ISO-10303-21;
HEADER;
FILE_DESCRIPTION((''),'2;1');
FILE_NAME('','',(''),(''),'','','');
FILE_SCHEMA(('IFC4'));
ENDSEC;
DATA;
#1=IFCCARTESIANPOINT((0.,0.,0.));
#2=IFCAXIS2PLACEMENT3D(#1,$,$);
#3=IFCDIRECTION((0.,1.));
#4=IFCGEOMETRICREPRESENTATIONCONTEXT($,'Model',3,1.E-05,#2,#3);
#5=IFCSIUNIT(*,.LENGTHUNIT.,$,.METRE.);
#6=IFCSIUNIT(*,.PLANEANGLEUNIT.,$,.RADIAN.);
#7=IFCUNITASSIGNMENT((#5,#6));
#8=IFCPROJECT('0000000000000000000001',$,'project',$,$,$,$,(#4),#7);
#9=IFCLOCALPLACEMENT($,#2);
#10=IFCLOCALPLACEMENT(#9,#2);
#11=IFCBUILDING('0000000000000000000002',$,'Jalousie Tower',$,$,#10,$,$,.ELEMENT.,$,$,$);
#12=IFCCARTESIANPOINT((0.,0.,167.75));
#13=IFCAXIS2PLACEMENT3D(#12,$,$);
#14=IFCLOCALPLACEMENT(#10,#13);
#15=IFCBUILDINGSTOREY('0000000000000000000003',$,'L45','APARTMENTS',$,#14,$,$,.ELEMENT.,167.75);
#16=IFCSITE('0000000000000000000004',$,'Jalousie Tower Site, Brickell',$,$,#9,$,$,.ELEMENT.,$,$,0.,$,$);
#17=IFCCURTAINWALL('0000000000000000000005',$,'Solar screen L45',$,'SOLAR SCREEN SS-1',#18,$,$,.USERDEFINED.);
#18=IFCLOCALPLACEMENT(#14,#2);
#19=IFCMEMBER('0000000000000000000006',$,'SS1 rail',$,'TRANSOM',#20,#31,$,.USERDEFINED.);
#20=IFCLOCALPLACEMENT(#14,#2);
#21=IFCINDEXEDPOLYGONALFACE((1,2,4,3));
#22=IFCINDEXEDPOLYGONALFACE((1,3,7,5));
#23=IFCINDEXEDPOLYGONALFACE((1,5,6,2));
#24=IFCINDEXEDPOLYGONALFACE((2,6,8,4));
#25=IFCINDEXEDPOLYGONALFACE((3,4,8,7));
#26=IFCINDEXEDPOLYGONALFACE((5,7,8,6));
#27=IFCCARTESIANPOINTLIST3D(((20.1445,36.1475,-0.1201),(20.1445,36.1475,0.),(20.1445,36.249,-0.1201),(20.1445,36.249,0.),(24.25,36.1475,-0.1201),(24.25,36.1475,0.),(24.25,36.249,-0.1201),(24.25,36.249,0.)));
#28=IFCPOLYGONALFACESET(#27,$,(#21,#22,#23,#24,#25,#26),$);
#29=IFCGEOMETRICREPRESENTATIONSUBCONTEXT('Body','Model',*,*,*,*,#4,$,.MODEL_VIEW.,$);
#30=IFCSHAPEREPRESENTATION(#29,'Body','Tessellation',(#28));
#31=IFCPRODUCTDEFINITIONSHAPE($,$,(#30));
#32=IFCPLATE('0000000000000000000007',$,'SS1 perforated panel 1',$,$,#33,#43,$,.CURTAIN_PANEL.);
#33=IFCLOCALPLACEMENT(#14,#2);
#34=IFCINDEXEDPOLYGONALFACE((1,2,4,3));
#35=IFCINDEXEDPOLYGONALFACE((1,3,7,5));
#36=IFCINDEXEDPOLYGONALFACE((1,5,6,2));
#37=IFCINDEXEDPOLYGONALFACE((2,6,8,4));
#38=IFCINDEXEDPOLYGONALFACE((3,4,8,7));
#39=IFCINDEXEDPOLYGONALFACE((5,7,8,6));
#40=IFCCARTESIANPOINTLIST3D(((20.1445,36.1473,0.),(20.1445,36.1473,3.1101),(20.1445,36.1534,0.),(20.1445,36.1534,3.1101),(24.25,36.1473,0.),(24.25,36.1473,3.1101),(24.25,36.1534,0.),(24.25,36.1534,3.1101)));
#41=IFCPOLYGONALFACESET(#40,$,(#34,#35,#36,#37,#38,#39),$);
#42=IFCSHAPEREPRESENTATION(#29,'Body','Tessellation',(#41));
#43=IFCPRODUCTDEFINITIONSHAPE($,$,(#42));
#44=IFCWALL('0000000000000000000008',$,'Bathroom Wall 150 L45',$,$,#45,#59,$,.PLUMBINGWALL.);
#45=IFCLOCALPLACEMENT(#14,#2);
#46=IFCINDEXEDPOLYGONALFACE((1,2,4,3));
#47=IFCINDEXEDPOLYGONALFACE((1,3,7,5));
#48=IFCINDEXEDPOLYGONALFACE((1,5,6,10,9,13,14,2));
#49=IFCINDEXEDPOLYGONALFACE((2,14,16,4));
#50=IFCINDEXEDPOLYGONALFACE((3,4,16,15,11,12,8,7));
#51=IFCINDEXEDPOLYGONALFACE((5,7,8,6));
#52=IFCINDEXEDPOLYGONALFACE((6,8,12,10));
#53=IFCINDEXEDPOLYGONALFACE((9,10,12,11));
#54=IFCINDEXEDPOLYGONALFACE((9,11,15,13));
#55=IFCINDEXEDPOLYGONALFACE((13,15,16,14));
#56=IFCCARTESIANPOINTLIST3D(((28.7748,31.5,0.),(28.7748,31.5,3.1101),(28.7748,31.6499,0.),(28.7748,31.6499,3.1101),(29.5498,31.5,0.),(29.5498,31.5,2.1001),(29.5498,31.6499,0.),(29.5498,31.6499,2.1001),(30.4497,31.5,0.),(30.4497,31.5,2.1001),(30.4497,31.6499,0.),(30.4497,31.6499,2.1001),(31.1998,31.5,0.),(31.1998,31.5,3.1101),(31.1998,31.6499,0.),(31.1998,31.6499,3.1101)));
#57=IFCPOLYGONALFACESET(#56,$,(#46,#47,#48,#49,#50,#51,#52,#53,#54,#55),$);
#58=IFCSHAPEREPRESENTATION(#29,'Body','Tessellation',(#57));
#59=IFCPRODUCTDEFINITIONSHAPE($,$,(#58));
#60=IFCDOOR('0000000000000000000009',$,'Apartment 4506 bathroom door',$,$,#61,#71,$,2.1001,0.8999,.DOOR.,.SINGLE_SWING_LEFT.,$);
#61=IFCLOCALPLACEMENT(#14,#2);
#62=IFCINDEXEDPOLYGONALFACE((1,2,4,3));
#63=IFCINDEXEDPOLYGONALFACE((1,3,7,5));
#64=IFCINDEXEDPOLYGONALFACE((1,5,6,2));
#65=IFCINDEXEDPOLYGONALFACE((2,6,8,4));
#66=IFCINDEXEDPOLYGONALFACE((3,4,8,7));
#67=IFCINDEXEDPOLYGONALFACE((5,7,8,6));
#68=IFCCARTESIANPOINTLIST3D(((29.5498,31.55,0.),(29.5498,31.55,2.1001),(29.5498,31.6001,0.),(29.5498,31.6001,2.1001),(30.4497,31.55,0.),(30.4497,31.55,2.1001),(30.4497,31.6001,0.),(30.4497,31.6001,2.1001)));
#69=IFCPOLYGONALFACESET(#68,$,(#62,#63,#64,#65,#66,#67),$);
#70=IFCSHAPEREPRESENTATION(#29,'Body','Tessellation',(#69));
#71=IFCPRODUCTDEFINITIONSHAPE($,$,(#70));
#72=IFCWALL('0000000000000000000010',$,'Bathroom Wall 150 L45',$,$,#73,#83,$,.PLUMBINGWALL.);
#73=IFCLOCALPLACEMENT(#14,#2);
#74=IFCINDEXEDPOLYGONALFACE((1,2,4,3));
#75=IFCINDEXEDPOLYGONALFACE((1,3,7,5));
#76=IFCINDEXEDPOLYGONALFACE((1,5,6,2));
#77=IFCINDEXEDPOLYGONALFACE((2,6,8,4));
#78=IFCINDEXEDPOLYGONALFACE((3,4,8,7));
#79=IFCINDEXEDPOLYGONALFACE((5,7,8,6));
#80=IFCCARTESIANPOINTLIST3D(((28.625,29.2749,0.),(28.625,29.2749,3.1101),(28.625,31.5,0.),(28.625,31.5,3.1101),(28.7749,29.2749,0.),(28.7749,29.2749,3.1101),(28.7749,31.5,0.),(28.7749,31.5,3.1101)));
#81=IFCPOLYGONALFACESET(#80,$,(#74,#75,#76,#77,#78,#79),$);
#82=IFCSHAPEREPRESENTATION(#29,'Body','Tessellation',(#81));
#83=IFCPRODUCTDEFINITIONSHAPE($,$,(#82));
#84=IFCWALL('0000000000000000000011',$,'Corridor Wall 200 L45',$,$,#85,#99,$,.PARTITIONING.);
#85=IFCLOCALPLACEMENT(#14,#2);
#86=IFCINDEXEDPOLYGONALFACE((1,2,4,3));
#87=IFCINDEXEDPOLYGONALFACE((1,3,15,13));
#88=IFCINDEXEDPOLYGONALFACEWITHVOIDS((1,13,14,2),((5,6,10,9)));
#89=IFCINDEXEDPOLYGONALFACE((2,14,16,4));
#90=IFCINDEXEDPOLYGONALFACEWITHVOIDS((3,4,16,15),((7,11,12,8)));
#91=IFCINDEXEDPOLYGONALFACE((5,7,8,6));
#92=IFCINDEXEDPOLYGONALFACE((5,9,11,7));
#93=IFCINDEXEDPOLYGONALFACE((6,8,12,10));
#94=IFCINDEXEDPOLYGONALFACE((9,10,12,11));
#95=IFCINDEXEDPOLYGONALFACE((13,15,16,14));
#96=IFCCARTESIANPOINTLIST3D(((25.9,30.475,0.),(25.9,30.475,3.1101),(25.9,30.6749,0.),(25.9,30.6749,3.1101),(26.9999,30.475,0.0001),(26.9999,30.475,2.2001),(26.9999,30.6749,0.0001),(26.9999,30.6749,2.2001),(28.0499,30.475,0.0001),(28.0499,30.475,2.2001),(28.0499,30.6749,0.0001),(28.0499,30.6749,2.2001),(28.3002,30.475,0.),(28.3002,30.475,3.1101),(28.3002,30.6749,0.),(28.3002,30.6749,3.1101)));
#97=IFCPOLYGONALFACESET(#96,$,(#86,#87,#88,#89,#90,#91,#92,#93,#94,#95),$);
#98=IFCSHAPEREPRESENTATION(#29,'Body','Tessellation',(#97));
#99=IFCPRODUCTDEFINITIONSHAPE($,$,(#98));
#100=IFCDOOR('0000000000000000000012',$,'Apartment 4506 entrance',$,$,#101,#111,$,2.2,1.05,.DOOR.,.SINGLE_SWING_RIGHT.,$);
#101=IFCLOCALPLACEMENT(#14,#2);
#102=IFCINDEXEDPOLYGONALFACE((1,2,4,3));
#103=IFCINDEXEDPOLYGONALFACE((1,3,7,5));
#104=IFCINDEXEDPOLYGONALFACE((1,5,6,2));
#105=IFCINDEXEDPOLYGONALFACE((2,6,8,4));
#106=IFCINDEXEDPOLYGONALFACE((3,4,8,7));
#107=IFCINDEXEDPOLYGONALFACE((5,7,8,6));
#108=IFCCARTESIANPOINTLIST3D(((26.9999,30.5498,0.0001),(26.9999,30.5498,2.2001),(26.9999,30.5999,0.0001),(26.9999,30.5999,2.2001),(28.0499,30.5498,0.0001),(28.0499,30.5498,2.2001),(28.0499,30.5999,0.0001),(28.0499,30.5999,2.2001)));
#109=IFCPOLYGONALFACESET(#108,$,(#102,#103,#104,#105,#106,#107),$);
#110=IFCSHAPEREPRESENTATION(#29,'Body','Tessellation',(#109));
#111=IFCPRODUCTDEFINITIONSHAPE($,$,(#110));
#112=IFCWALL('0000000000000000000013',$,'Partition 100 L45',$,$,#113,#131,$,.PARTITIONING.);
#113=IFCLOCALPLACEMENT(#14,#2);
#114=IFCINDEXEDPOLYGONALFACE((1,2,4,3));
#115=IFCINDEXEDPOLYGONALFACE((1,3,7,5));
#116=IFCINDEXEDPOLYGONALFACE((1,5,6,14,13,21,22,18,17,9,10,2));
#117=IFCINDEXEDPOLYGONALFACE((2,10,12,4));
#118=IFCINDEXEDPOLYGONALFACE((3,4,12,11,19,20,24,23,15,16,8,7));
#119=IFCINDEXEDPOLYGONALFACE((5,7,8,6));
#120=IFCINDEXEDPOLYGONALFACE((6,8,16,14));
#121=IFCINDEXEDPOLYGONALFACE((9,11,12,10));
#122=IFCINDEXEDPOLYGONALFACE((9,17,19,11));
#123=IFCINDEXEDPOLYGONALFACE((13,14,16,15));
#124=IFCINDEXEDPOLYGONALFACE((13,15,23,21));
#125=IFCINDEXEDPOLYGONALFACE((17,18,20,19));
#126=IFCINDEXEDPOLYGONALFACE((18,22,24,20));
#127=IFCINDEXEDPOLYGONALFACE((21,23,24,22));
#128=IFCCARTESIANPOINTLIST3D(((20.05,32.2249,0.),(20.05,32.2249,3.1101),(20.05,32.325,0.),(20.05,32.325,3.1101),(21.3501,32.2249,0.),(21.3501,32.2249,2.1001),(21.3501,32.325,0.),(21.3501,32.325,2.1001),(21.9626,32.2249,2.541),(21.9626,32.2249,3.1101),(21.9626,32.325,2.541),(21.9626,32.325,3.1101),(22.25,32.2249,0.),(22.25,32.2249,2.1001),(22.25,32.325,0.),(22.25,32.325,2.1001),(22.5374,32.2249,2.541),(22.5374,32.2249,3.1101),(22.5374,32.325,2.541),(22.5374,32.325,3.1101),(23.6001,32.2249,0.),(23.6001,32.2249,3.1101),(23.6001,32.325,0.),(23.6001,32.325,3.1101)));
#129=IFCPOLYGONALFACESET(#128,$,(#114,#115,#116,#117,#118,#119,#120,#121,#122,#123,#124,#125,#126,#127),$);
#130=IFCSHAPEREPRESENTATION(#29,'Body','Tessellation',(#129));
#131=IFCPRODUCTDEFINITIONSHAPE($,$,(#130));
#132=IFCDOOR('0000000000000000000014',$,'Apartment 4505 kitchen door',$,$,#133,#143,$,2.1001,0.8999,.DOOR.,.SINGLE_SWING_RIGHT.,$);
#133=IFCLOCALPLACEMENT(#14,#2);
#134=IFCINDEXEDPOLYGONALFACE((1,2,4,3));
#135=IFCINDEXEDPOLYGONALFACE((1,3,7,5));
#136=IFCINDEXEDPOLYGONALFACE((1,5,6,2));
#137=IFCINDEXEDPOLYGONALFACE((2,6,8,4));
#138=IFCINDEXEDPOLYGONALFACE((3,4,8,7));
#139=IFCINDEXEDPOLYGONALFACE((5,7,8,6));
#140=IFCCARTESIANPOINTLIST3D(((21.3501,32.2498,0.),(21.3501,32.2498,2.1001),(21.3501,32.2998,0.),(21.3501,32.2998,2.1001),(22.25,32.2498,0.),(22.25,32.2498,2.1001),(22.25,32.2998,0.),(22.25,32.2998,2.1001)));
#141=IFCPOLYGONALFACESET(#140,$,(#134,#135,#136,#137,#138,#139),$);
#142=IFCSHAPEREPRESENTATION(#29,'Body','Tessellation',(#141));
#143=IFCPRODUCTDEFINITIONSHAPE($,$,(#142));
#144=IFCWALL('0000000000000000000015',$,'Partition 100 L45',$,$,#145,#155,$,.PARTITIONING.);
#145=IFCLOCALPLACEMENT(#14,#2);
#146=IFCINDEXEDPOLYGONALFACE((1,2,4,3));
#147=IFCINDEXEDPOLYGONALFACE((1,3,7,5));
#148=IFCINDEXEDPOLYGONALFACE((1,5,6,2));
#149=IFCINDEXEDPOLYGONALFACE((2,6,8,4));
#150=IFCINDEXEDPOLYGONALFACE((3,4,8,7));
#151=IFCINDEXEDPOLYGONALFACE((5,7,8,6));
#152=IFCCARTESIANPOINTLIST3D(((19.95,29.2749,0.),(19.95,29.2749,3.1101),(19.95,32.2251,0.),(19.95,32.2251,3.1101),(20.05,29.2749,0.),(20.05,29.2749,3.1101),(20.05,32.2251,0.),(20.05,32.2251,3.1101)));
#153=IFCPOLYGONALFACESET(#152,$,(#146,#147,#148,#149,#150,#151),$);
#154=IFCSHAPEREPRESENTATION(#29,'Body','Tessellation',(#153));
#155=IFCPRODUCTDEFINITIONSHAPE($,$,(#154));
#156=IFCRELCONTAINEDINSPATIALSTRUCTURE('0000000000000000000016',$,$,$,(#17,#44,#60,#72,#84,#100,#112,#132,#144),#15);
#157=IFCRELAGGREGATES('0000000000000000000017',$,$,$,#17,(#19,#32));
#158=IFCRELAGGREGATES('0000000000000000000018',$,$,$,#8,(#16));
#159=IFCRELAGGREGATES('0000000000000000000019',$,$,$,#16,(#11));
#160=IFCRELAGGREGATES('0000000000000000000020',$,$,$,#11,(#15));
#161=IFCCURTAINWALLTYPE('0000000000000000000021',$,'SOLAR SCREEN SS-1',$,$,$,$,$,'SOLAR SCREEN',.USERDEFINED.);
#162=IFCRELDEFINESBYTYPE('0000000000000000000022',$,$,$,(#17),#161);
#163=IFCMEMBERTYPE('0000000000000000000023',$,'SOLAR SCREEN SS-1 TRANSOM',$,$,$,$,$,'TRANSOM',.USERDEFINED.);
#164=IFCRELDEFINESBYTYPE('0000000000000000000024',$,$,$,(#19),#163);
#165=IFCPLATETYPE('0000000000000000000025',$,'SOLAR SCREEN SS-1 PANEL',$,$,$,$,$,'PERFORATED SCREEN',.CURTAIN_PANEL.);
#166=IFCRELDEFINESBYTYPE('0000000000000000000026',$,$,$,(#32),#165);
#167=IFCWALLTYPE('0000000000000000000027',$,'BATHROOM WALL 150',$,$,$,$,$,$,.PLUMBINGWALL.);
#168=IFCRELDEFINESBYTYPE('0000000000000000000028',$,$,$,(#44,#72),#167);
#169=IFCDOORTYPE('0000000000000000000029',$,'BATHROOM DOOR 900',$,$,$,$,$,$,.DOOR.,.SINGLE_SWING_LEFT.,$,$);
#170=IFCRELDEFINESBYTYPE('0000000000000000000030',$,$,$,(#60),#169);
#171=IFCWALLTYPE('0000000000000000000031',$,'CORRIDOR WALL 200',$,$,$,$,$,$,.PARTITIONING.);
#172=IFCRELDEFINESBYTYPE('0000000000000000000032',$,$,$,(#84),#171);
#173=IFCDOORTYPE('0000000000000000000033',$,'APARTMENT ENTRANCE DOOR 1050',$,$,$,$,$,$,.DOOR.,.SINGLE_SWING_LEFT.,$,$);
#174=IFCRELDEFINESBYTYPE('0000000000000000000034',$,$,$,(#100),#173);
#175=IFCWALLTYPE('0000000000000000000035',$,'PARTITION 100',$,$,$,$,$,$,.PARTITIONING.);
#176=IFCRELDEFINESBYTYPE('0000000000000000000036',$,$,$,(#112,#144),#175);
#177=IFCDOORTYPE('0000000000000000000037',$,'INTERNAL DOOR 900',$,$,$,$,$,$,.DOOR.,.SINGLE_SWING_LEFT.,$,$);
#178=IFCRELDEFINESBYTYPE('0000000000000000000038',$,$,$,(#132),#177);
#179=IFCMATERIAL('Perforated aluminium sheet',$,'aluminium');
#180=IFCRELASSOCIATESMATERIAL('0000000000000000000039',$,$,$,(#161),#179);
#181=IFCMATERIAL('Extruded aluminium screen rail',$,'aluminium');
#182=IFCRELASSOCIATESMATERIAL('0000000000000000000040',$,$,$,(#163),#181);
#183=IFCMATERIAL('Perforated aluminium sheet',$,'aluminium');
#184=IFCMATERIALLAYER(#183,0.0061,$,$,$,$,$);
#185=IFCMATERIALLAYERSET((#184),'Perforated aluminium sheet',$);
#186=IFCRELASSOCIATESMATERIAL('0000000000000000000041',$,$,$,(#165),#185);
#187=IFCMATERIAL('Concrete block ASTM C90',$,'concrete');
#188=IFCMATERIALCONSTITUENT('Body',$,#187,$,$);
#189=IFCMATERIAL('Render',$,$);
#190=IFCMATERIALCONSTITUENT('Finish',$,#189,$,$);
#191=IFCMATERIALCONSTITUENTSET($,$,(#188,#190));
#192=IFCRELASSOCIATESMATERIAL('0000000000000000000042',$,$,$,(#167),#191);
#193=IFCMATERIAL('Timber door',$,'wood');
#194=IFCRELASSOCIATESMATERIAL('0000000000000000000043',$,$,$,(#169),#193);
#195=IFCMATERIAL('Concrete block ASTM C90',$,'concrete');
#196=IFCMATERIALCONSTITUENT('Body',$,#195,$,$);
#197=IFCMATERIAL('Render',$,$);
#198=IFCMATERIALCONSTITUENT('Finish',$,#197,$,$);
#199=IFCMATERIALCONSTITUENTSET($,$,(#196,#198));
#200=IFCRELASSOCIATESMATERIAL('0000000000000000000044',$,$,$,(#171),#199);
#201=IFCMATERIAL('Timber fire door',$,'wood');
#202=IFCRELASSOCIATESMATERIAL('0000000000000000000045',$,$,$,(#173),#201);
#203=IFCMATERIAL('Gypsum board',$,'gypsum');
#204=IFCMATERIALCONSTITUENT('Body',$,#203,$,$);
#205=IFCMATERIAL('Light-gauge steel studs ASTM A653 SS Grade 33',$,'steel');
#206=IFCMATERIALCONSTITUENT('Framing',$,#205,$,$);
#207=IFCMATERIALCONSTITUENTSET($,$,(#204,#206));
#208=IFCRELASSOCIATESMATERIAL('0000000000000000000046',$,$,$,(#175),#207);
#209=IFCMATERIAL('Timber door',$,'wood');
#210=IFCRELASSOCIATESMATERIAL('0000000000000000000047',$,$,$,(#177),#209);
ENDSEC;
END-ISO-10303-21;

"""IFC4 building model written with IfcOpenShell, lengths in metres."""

from ifc_helpers import new_model, si_unit, direction, frame, frame_2d, origin, origin_2d, place, context, subcontext, project, spatial, polyline, rectangle, outline, extrude, material, layer, layer_set, constituent, constituent_set, material_profile, profile_set, type_object, element, fill, aggregate, save


model = new_model("IFC4")

# Units and contexts
model_context = context("Model", 3, precision=1e-05, world=origin(), true_north=direction((0.0, 1.0)))
body_context = subcontext(model_context, "Body", "Model", "MODEL_VIEW")
ifc_project = project(units=[si_unit("LENGTHUNIT", "METRE"), si_unit("PLANEANGLEUNIT", "RADIAN")], contexts=[model_context])

# Site, building, storey
site_placement = place(None, origin())
site = spatial("IfcSite", under=ifc_project, at=site_placement, Name="Jalousie Tower Site, Brickell", CompositionType="ELEMENT", RefElevation=0.0)
building_placement = place(site_placement, origin())
building = spatial("IfcBuilding", under=site, at=building_placement, Name="Jalousie Tower", CompositionType="ELEMENT")
storey_placement = place(building_placement, frame((0.0, 0.0, 167.75)))
storey = spatial("IfcBuildingStorey", under=building, at=storey_placement, Name="L45", Description="APARTMENTS", CompositionType="ELEMENT", Elevation=167.75)

# Shared definitions
ifc_material_1 = material(Name="Perforated aluminium sheet", Category="aluminium")
curtain_wall_type = type_object("IfcCurtainWallType", Name="SOLAR SCREEN SS-1", ElementType="SOLAR SCREEN", PredefinedType="USERDEFINED", material=ifc_material_1)

# Curtain wall, member, plate
curtain_wall_1_placement = place(storey_placement, origin())
curtain_wall_1 = element("IfcCurtainWall", 1, at=curtain_wall_1_placement, inside=storey, type_object=curtain_wall_type, Name="Solar screen L45", ObjectType="SOLAR SCREEN SS-1", PredefinedType="USERDEFINED")
ifc_material_2 = material(Name="Extruded aluminium screen rail", Category="aluminium")
ifc_material_profile_1 = material_profile(ifc_material_2, rectangle(XDim=0.1016, YDim=0.1201, at=origin_2d()), Name="RAIL 102x120")
ifc_profile_set_1 = profile_set([ifc_material_profile_1], Name="Extruded aluminium screen rail")
member_type_1 = type_object("IfcMemberType", Name="SOLAR SCREEN SS-1 TRANSOM", ElementType="TRANSOM", PredefinedType="USERDEFINED", material=ifc_profile_set_1)
member_1_placement = place(storey_placement, frame((24.25, 36.1982, -0.0601), z_axis=(-1.0, 0.0, 0.0), x_axis=(0.0, -1.0, 0.0)))
member_1 = element("IfcMember", 2, at=member_1_placement, type_object=member_type_1, Name="SS1 rail", ObjectType="TRANSOM", PredefinedType="USERDEFINED", context=body_context, shape_type="SweptSolid", body=[
    extrude(rectangle(XDim=0.1016, YDim=0.1201, at=origin_2d()), origin(), (0.0, 0.0, 1.0), 4.1055),
])
ifc_material_3 = material(Name="Perforated aluminium sheet", Category="aluminium")
ifc_layer_1 = layer(ifc_material_3, 0.0061)
ifc_layer_set_1 = layer_set([ifc_layer_1], Name="Perforated aluminium sheet")
plate_type = type_object("IfcPlateType", Name="SOLAR SCREEN SS-1 PANEL", ElementType="PERFORATED SCREEN", PredefinedType="CURTAIN_PANEL", material=ifc_layer_set_1)
plate_placement = place(storey_placement, frame((22.1973, 36.1504, 0.0), z_axis=(0.0, 0.0, 1.0), x_axis=(-1.0, 0.0, 0.0)))
plate = element("IfcPlate", 3, at=plate_placement, type_object=plate_type, Name="SS1 perforated panel 1", PredefinedType="CURTAIN_PANEL", context=body_context, shape_type="SweptSolid", body=[
    extrude(rectangle(XDim=4.1055, YDim=0.0061, at=origin_2d()), origin(), (0.0, 0.0, 1.0), 3.1101),
])
aggregate(curtain_wall_1, [member_1, plate])

# Wall, opening, door
ifc_material_4 = material(Name="Concrete block ASTM C90", Category="concrete")
ifc_constituent_1 = constituent(ifc_material_4, Name="Body")
ifc_material_5 = material(Name="Render")
ifc_constituent_2 = constituent(ifc_material_5, Name="Finish")
ifc_constituent_set_1 = constituent_set(constituents=[ifc_constituent_1, ifc_constituent_2])
wall_type_1 = type_object("IfcWallType", Name="BATHROOM WALL 150", PredefinedType="PLUMBINGWALL", material=ifc_constituent_set_1)
wall_1_placement = place(storey_placement, frame((28.7749, 31.575, 0.0), z_axis=(0.0, 0.0, 1.0), x_axis=(1.0, 0.0, 0.0)))
wall_1 = element("IfcWall", 4, at=wall_1_placement, inside=storey, type_object=wall_type_1, Name="Bathroom Wall 150 L45", PredefinedType="PLUMBINGWALL", context=body_context, shape_type="SweptSolid", body=[
    extrude(rectangle(XDim=2.425, YDim=0.1499, at=frame_2d((1.2124, 0.0))), origin(), (0.0, 0.0, 1.0), 3.1101),
])
opening_1_placement = place(wall_1_placement, frame((0.7749, 0.0, 0.0)))
opening_1 = element("IfcOpeningElement", 5, at=opening_1_placement, cuts=wall_1, PredefinedType="OPENING", context=body_context, shape_type="SweptSolid", body=[
    extrude(rectangle(XDim=0.8999, YDim=2.1001, at=frame_2d((0.45, 1.05))), frame((0.0, 0.085, 0.0), z_axis=(0.0, -1.0, 0.0), x_axis=(1.0, 0.0, 0.0)), (0.0, 0.0, 1.0), 0.1699),
])
ifc_material_6 = material(Name="Timber door", Category="wood")
door_type_1 = type_object("IfcDoorType", Name="BATHROOM DOOR 900", OperationType="SINGLE_SWING_LEFT", PredefinedType="DOOR", material=ifc_material_6)
door_1_placement = place(opening_1_placement, frame((0.8999, 0.0, 0.0), z_axis=(0.0, 0.0, 1.0), x_axis=(-1.0, 0.0, 0.0)))
door_1 = element("IfcDoor", 6, at=door_1_placement, inside=storey, type_object=door_type_1, Name="Apartment 4506 bathroom door", OperationType="SINGLE_SWING_LEFT", OverallHeight=2.1001, OverallWidth=0.8999, PredefinedType="DOOR", context=body_context, shape_type="SweptSolid", body=[
    extrude(rectangle(XDim=0.8999, YDim=2.1001, at=frame_2d((0.45, 1.05))), frame((0.0, 0.0249, 0.0), z_axis=(0.0, -1.0, 0.0), x_axis=(1.0, 0.0, 0.0)), (0.0, 0.0, 1.0), 0.05),
])
fill(opening_1, door_1)

# Wall
wall_2_placement = place(storey_placement, frame((28.7, 31.5, 0.0), z_axis=(0.0, 0.0, 1.0), x_axis=(0.0, -1.0, 0.0)))
element("IfcWall", 7, at=wall_2_placement, inside=storey, type_object=wall_type_1, Name="Bathroom Wall 150 L45", PredefinedType="PLUMBINGWALL", context=body_context, shape_type="SweptSolid", body=[
    extrude(rectangle(XDim=2.2251, YDim=0.1499, at=frame_2d((1.1125, 0.0))), origin(), (0.0, 0.0, 1.0), 3.1101),
])

# Walls, openings, doors
ifc_material_7 = material(Name="Concrete block ASTM C90", Category="concrete")
ifc_constituent_3 = constituent(ifc_material_7, Name="Body")
ifc_material_8 = material(Name="Render")
ifc_constituent_4 = constituent(ifc_material_8, Name="Finish")
ifc_constituent_set_2 = constituent_set(constituents=[ifc_constituent_3, ifc_constituent_4])
wall_type_2 = type_object("IfcWallType", Name="CORRIDOR WALL 200", PredefinedType="PARTITIONING", material=ifc_constituent_set_2)
wall_3_placement = place(storey_placement, frame((25.8999, 30.575, 0.0), z_axis=(0.0, 0.0, 1.0), x_axis=(1.0, 0.0, 0.0)))
wall_3 = element("IfcWall", 8, at=wall_3_placement, inside=storey, type_object=wall_type_2, Name="Corridor Wall 200 L45", PredefinedType="PARTITIONING", context=body_context, shape_type="SweptSolid", body=[
    extrude(rectangle(XDim=2.4001, YDim=0.2, at=frame_2d((1.2002, 0.0))), origin(), (0.0, 0.0, 1.0), 3.1101),
])
opening_2_placement = place(wall_3_placement, frame((1.1001, 0.0, 0.0)))
opening_2 = element("IfcOpeningElement", 9, at=opening_2_placement, cuts=wall_3, PredefinedType="OPENING", context=body_context, shape_type="SweptSolid", body=[
    extrude(rectangle(XDim=1.05, YDim=2.2, at=frame_2d((0.5249, 1.1001))), frame((0.0, 0.1099, 0.0), z_axis=(0.0, -1.0, 0.0), x_axis=(1.0, 0.0, 0.0)), (0.0, 0.0, 1.0), 0.22),
])
ifc_material_9 = material(Name="Timber fire door", Category="wood")
door_type_2 = type_object("IfcDoorType", Name="APARTMENT ENTRANCE DOOR 1050", OperationType="SINGLE_SWING_LEFT", PredefinedType="DOOR", material=ifc_material_9)
door_2_placement = place(opening_2_placement, origin())
door_2 = element("IfcDoor", 10, at=door_2_placement, inside=storey, type_object=door_type_2, Name="Apartment 4506 entrance", OperationType="SINGLE_SWING_RIGHT", OverallHeight=2.2, OverallWidth=1.05, PredefinedType="DOOR", context=body_context, shape_type="SweptSolid", body=[
    extrude(rectangle(XDim=1.05, YDim=2.2, at=frame_2d((0.5249, 1.1001))), frame((0.0, 0.0249, 0.0), z_axis=(0.0, -1.0, 0.0), x_axis=(1.0, 0.0, 0.0)), (0.0, 0.0, 1.0), 0.05),
])
fill(opening_2, door_2)
ifc_material_10 = material(Name="Gypsum board", Category="gypsum")
ifc_constituent_5 = constituent(ifc_material_10, Name="Body")
ifc_material_11 = material(Name="Light-gauge steel studs ASTM A653 SS Grade 33", Category="steel")
ifc_constituent_6 = constituent(ifc_material_11, Name="Framing")
ifc_constituent_set_3 = constituent_set(constituents=[ifc_constituent_5, ifc_constituent_6])
wall_type_3 = type_object("IfcWallType", Name="PARTITION 100", PredefinedType="PARTITIONING", material=ifc_constituent_set_3)
wall_4_placement = place(storey_placement, frame((20.05, 32.2749, 0.0), z_axis=(0.0, 0.0, 1.0), x_axis=(1.0, 0.0, 0.0)))
wall_4 = element("IfcWall", 11, at=wall_4_placement, inside=storey, type_object=wall_type_3, Name="Partition 100 L45", PredefinedType="PARTITIONING", context=body_context, shape_type="SweptSolid", body=[
    extrude(outline(polyline([(0.0, 0.0), (3.55, 0.0), (3.55, 3.1101), (2.4873, 3.1101), (2.4873, 2.541), (1.9126, 2.541), (1.9126, 3.1101), (0.0, 3.1101), (0.0, 0.0)])), frame((0.0, 0.05, 0.0), z_axis=(0.0, -1.0, 0.0), x_axis=(1.0, 0.0, 0.0)), (0.0, 0.0, 1.0), 0.1001),
])
opening_3_placement = place(wall_4_placement, frame((1.3, 0.0, 0.0)))
opening_3 = element("IfcOpeningElement", 12, at=opening_3_placement, cuts=wall_4, PredefinedType="OPENING", context=body_context, shape_type="SweptSolid", body=[
    extrude(rectangle(XDim=0.8999, YDim=2.1001, at=frame_2d((0.45, 1.05))), frame((0.0, 0.0601, 0.0), z_axis=(0.0, -1.0, 0.0), x_axis=(1.0, 0.0, 0.0)), (0.0, 0.0, 1.0), 0.1201),
])
ifc_material_12 = material(Name="Timber door", Category="wood")
door_type_3 = type_object("IfcDoorType", Name="INTERNAL DOOR 900", OperationType="SINGLE_SWING_LEFT", PredefinedType="DOOR", material=ifc_material_12)
door_3_placement = place(opening_3_placement, origin())
door_3 = element("IfcDoor", 13, at=door_3_placement, inside=storey, type_object=door_type_3, Name="Apartment 4505 kitchen door", OperationType="SINGLE_SWING_RIGHT", OverallHeight=2.1001, OverallWidth=0.8999, PredefinedType="DOOR", context=body_context, shape_type="SweptSolid", body=[
    extrude(rectangle(XDim=0.8999, YDim=2.1001, at=frame_2d((0.45, 1.05))), frame((0.0, 0.0249, 0.0), z_axis=(0.0, -1.0, 0.0), x_axis=(1.0, 0.0, 0.0)), (0.0, 0.0, 1.0), 0.05),
])
fill(opening_3, door_3)

# Wall
wall_5_placement = place(storey_placement, frame((20.0, 32.2251, 0.0), z_axis=(0.0, 0.0, 1.0), x_axis=(0.0, -1.0, 0.0)))
element("IfcWall", 14, at=wall_5_placement, inside=storey, type_object=wall_type_3, Name="Partition 100 L45", PredefinedType="PARTITIONING", context=body_context, shape_type="SweptSolid", body=[
    extrude(rectangle(XDim=2.9502, YDim=0.1001, at=frame_2d((1.4751, 0.0))), origin(), (0.0, 0.0, 1.0), 3.1101),
])

save(model, "model.ifc")
